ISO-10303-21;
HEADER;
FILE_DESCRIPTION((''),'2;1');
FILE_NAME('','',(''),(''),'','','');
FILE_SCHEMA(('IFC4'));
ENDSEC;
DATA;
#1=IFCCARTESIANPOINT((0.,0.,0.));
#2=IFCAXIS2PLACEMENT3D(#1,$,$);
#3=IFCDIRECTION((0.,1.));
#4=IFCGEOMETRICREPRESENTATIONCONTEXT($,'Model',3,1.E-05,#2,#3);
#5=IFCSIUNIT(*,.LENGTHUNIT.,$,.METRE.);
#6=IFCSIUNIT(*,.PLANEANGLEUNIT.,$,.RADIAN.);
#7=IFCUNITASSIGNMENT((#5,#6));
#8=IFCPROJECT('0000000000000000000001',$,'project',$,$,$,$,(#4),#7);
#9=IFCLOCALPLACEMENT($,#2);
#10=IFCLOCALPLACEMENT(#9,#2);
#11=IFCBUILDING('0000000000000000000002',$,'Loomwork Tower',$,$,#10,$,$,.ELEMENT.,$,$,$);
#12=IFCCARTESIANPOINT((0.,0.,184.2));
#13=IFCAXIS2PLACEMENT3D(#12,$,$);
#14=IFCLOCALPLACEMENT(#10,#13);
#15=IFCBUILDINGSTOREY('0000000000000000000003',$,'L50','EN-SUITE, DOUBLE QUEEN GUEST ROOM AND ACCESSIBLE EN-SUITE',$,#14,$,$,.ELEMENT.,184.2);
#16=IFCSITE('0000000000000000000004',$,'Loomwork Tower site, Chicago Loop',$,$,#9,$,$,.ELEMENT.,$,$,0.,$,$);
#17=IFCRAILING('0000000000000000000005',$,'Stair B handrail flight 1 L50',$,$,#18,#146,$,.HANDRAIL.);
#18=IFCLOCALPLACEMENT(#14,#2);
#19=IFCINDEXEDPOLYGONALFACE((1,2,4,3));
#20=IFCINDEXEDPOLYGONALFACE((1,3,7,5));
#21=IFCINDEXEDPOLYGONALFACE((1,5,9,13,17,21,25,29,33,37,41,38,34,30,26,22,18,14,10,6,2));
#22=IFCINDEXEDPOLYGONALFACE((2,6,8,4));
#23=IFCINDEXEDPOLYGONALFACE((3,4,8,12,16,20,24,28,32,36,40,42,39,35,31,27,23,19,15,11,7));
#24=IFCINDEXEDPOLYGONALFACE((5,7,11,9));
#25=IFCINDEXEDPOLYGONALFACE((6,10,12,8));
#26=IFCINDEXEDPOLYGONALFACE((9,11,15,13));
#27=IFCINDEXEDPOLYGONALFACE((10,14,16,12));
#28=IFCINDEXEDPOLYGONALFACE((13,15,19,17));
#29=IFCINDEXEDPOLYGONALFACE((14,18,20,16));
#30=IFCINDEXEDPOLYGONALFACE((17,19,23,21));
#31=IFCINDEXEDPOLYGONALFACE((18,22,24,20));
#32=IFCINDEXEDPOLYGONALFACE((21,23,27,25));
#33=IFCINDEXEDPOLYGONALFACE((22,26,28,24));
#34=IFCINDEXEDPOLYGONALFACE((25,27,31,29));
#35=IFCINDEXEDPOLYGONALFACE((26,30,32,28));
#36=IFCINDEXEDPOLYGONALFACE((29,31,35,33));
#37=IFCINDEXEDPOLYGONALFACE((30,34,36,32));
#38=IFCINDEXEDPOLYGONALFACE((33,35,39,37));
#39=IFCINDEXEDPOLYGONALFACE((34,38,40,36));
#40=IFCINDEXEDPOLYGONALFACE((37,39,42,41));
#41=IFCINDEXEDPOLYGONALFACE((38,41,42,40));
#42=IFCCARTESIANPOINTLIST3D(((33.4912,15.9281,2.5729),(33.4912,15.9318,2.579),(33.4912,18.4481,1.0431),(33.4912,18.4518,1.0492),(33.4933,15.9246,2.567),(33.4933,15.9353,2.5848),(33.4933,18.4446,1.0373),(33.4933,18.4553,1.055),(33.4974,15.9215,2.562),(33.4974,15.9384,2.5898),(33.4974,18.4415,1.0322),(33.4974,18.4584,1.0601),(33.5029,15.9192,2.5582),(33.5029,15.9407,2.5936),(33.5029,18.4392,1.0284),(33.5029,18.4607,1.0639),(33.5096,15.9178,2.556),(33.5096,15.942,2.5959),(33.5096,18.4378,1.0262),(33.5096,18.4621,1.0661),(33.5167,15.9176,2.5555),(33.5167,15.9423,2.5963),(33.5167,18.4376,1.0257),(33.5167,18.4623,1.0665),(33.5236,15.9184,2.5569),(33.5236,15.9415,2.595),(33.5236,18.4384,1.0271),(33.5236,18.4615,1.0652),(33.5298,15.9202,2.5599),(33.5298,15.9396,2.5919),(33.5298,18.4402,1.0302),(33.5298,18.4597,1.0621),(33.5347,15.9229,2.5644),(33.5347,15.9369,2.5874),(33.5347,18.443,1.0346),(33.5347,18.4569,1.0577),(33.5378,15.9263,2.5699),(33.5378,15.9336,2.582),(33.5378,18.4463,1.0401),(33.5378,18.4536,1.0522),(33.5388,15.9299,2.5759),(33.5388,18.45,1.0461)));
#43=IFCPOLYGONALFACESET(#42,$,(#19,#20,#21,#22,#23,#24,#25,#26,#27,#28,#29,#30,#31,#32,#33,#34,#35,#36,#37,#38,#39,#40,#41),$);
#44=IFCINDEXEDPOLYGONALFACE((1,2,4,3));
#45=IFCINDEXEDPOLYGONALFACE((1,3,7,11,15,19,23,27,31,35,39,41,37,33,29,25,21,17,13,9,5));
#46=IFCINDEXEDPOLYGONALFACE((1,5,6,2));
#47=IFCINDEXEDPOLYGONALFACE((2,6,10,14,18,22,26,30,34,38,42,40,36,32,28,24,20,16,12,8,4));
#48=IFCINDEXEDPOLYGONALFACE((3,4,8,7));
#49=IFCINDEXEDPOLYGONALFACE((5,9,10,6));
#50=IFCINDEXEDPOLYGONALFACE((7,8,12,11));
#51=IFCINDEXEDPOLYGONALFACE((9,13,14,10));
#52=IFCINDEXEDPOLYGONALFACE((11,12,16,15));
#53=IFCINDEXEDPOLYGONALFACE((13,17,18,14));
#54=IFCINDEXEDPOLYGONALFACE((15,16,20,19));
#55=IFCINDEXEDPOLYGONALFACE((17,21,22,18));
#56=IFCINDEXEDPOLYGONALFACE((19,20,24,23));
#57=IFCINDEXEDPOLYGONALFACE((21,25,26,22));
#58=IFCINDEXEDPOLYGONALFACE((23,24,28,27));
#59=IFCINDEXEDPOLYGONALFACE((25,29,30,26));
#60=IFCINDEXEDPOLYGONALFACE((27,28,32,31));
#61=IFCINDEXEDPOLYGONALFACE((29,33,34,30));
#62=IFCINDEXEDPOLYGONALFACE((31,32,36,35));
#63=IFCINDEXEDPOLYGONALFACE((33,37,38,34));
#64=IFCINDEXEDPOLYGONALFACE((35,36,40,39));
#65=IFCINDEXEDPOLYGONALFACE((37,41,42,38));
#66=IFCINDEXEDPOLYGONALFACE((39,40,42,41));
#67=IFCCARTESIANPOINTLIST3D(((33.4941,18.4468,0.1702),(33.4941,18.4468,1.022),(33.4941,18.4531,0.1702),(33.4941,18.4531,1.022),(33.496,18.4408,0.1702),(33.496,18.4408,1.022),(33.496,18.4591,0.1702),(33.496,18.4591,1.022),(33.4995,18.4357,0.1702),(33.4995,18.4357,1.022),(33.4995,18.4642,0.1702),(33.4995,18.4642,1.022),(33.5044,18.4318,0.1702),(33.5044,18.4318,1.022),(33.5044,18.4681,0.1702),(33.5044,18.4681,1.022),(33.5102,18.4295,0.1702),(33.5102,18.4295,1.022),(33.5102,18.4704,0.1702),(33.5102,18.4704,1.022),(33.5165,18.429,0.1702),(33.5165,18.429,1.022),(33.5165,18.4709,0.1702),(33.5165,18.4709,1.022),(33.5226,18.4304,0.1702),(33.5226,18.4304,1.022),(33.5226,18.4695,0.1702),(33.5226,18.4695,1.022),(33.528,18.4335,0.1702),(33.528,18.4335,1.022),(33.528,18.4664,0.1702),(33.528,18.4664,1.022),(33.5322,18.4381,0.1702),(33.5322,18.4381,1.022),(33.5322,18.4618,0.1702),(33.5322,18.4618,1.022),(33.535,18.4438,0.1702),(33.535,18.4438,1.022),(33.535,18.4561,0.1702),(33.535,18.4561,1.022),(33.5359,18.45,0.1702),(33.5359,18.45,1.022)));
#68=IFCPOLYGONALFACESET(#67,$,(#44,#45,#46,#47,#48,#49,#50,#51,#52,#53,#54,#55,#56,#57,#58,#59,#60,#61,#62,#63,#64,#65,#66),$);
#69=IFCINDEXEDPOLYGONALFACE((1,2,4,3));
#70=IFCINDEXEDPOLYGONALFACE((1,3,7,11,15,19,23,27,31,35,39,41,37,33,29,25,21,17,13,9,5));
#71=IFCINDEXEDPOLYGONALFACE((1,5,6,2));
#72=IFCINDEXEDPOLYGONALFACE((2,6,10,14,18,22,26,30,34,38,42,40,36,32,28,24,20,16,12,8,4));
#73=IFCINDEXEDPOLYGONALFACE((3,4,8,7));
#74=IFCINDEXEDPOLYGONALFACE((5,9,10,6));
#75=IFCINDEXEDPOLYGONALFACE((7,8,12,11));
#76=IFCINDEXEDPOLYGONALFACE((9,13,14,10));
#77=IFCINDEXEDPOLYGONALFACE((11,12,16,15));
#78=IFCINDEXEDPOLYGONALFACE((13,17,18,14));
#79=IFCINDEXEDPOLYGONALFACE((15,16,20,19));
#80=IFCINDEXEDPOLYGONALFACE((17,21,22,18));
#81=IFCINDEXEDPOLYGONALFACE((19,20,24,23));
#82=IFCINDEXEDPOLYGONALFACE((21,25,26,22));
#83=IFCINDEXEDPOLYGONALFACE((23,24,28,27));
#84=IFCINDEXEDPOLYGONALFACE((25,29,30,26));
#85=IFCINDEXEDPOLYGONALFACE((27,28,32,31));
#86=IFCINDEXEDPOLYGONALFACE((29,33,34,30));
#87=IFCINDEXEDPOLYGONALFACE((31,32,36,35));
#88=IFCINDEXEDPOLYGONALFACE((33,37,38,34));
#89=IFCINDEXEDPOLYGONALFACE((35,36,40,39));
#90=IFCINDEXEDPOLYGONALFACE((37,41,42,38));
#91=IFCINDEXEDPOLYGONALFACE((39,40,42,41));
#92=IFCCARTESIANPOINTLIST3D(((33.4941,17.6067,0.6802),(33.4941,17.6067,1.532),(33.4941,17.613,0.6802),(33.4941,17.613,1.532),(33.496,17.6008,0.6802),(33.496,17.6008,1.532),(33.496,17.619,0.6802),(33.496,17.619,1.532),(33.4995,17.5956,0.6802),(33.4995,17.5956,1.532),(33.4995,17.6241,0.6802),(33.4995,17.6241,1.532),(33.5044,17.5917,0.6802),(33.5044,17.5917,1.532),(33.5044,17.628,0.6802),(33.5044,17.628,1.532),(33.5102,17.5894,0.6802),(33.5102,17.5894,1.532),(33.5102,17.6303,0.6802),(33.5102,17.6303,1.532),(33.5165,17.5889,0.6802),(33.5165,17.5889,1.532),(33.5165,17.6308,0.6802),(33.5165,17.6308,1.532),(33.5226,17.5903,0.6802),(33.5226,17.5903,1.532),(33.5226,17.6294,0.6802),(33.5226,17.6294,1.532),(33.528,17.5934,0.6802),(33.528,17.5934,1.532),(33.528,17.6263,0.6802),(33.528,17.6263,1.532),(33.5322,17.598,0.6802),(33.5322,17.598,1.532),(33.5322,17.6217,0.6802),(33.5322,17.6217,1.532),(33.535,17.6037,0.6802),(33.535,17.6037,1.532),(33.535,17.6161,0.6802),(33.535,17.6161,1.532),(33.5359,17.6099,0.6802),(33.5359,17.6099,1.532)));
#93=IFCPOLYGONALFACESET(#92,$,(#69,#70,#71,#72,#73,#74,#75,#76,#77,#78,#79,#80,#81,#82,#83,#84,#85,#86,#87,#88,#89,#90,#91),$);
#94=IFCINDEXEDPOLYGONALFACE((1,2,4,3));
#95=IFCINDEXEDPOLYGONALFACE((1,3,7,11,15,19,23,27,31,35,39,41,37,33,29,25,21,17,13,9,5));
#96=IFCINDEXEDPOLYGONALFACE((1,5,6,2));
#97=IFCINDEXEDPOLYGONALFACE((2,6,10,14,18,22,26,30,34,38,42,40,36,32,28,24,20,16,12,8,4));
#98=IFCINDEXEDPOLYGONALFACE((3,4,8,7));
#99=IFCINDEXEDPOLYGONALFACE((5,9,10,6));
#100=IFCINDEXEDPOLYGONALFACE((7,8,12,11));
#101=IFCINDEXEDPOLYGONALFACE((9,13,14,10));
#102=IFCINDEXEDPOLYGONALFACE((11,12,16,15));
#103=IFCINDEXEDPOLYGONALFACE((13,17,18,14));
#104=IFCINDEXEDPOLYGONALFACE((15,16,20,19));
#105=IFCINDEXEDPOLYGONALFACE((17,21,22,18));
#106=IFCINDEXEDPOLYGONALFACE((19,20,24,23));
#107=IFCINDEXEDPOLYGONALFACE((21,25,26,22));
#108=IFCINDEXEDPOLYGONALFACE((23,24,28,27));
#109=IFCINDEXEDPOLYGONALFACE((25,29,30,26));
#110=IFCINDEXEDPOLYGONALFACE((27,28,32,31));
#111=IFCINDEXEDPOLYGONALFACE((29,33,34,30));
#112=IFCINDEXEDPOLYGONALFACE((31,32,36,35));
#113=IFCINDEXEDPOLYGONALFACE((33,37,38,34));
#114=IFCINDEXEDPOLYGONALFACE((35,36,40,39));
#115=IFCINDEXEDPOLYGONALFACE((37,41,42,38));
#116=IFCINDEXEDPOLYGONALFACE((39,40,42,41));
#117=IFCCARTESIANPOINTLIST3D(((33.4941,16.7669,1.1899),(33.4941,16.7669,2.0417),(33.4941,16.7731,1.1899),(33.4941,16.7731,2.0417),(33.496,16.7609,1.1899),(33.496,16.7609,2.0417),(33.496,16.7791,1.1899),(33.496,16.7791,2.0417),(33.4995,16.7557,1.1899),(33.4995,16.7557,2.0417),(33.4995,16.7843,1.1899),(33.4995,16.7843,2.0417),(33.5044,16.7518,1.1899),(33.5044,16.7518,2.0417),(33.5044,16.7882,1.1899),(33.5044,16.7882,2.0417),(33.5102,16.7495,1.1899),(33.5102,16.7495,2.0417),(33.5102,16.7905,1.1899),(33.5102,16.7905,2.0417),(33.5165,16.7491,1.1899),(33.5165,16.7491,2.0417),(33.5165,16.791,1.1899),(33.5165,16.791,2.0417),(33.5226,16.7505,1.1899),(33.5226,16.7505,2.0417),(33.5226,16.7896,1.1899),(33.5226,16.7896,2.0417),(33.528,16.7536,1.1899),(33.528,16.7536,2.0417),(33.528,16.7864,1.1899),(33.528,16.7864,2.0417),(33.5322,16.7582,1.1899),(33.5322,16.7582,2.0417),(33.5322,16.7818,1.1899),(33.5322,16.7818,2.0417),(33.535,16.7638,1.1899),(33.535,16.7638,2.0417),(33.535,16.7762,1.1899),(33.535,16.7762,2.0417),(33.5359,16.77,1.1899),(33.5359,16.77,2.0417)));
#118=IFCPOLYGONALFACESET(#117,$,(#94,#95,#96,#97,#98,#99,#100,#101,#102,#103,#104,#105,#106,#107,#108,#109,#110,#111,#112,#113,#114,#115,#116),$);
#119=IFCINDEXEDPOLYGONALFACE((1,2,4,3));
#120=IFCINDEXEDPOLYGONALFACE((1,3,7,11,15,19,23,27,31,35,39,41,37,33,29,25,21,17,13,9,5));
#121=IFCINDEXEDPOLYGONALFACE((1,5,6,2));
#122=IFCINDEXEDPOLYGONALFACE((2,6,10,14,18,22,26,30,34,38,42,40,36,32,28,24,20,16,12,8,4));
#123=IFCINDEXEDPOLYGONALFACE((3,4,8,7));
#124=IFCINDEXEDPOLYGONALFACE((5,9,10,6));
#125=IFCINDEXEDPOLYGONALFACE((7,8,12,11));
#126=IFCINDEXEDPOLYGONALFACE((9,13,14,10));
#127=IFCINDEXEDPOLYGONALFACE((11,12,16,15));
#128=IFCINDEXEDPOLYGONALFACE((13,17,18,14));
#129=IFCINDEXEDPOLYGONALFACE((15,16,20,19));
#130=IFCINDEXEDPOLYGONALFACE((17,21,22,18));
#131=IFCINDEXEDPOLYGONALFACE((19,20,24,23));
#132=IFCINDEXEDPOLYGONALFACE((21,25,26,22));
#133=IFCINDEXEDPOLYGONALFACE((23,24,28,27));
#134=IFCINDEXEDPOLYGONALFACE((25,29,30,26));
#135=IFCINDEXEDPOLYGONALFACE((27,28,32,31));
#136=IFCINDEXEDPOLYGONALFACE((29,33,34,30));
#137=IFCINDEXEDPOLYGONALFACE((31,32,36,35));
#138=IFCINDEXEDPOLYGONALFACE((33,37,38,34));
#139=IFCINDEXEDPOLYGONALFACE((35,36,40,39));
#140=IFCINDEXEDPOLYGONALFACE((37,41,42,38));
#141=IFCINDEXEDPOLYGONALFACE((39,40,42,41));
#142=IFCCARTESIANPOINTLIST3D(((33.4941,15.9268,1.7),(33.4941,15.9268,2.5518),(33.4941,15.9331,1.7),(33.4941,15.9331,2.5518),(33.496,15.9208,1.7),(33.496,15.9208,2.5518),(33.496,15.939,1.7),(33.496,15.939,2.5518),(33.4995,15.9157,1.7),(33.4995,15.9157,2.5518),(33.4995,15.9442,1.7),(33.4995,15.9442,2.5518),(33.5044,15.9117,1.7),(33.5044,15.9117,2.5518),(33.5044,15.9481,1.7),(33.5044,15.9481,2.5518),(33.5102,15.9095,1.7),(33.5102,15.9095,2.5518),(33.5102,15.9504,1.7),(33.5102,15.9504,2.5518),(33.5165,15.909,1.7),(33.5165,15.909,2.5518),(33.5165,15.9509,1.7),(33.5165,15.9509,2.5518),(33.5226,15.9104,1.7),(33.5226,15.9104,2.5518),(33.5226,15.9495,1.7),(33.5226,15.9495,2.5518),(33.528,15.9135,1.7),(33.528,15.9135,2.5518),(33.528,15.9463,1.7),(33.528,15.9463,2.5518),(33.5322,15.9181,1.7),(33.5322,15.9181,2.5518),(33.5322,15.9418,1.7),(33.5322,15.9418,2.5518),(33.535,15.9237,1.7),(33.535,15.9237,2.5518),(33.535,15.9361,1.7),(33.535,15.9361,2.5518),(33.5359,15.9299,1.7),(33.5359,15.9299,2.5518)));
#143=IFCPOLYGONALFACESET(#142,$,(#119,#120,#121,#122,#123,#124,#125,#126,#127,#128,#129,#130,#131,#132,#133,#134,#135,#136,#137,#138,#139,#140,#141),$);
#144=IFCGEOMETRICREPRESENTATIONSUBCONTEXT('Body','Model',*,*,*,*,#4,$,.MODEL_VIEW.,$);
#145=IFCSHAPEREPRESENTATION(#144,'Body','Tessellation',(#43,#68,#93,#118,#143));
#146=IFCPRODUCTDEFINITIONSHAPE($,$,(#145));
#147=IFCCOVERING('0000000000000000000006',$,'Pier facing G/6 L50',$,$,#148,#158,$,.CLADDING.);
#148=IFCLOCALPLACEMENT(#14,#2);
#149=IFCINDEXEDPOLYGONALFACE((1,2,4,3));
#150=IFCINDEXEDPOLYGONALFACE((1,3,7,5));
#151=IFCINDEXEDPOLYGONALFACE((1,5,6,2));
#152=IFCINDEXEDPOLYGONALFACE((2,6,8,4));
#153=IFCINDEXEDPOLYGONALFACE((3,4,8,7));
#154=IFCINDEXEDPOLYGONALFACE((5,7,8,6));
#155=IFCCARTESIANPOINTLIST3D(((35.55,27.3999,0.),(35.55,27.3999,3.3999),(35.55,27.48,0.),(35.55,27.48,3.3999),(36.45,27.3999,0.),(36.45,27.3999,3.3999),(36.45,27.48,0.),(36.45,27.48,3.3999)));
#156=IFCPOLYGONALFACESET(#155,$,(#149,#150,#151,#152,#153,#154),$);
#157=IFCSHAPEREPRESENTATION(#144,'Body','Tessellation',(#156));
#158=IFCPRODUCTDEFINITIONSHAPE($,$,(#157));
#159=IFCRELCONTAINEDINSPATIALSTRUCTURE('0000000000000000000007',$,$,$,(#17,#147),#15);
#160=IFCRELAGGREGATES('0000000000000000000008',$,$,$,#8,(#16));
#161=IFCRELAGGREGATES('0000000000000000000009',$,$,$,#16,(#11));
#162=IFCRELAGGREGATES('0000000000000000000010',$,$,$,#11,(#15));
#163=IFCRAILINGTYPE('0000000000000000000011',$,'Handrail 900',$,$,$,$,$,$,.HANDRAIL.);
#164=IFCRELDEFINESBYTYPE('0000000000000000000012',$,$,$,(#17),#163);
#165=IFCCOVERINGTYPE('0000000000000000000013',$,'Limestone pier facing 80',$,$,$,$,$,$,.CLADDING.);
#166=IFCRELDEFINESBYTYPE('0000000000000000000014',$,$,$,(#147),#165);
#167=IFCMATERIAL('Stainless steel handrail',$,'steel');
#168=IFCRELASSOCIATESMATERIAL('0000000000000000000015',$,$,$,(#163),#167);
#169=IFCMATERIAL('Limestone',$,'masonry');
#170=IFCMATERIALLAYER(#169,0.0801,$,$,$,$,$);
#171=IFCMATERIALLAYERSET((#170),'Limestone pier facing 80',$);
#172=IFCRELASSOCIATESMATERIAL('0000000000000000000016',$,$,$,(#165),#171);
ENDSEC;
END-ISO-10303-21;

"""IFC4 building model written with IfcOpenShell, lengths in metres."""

from ifc_helpers import new_model, si_unit, direction, frame, origin, origin_2d, place, context, subcontext, project, spatial, rectangle, circle, extrude, material, layer, layer_set, type_object, element, save


model = new_model("IFC4")

# Units and contexts
model_context = context("Model", 3, precision=1e-05, world=origin(), true_north=direction((0.0, 1.0)))
body_context = subcontext(model_context, "Body", "Model", "MODEL_VIEW")
ifc_project = project(units=[si_unit("LENGTHUNIT", "METRE"), si_unit("PLANEANGLEUNIT", "RADIAN")], contexts=[model_context])

# Site, building, storey
site_placement = place(None, origin())
site = spatial("IfcSite", under=ifc_project, at=site_placement, Name="Loomwork Tower site, Chicago Loop", CompositionType="ELEMENT", RefElevation=0.0)
building_placement = place(site_placement, origin())
building = spatial("IfcBuilding", under=site, at=building_placement, Name="Loomwork Tower", CompositionType="ELEMENT")
storey_placement = place(building_placement, frame((0.0, 0.0, 184.2)))
storey = spatial("IfcBuildingStorey", under=building, at=storey_placement, Name="L50", Description="EN-SUITE, DOUBLE QUEEN GUEST ROOM AND ACCESSIBLE EN-SUITE", CompositionType="ELEMENT", Elevation=184.2)

# Railing
ifc_material_1 = material(Name="Stainless steel handrail", Category="steel")
railing_type = type_object("IfcRailingType", Name="Handrail 900", PredefinedType="HANDRAIL", material=ifc_material_1)
railing_placement = place(storey_placement, frame((33.5149, 18.45, 0.1702)))
element("IfcRailing", 1, at=railing_placement, inside=storey, type_object=railing_type, Name="Stair B handrail flight 1 L50", PredefinedType="HANDRAIL", context=body_context, shape_type="SweptSolid", body=[
    extrude(circle(Radius=0.0239, at=origin_2d()), frame((0.0, 0.0, 0.876), z_axis=(0.0, -0.854822, 0.518922), x_axis=(1.0, 0.0, 0.0)), (0.0, 0.0, 1.0), 2.948),
    extrude(circle(Radius=0.021, at=origin_2d()), origin(), (0.0, 0.0, 1.0), 0.8518),
    extrude(circle(Radius=0.021, at=origin_2d()), frame((0.0, -0.8401, 0.51)), (0.0, 0.0, 1.0), 0.8518),
    extrude(circle(Radius=0.021, at=origin_2d()), frame((0.0, -1.6799, 1.0198)), (0.0, 0.0, 1.0), 0.8518),
    extrude(circle(Radius=0.021, at=origin_2d()), frame((0.0, -2.52, 1.5298)), (0.0, 0.0, 1.0), 0.8518),
])

# Covering
ifc_material_2 = material(Name="Limestone", Category="masonry")
ifc_layer_1 = layer(ifc_material_2, 0.0801)
ifc_layer_set_1 = layer_set([ifc_layer_1], Name="Limestone pier facing 80")
covering_type = type_object("IfcCoveringType", Name="Limestone pier facing 80", PredefinedType="CLADDING", material=ifc_layer_set_1)
covering_placement = place(storey_placement, frame((36.0, 27.4399, 0.0), z_axis=(0.0, 0.0, 1.0), x_axis=(1.0, 0.0, 0.0)))
element("IfcCovering", 2, at=covering_placement, inside=storey, type_object=covering_type, Name="Pier facing G/6 L50", PredefinedType="CLADDING", context=body_context, shape_type="SweptSolid", body=[
    extrude(rectangle(XDim=0.8999, YDim=0.0801, at=origin_2d()), origin(), (0.0, 0.0, 1.0), 3.3999),
])

save(model, "model.ifc")
